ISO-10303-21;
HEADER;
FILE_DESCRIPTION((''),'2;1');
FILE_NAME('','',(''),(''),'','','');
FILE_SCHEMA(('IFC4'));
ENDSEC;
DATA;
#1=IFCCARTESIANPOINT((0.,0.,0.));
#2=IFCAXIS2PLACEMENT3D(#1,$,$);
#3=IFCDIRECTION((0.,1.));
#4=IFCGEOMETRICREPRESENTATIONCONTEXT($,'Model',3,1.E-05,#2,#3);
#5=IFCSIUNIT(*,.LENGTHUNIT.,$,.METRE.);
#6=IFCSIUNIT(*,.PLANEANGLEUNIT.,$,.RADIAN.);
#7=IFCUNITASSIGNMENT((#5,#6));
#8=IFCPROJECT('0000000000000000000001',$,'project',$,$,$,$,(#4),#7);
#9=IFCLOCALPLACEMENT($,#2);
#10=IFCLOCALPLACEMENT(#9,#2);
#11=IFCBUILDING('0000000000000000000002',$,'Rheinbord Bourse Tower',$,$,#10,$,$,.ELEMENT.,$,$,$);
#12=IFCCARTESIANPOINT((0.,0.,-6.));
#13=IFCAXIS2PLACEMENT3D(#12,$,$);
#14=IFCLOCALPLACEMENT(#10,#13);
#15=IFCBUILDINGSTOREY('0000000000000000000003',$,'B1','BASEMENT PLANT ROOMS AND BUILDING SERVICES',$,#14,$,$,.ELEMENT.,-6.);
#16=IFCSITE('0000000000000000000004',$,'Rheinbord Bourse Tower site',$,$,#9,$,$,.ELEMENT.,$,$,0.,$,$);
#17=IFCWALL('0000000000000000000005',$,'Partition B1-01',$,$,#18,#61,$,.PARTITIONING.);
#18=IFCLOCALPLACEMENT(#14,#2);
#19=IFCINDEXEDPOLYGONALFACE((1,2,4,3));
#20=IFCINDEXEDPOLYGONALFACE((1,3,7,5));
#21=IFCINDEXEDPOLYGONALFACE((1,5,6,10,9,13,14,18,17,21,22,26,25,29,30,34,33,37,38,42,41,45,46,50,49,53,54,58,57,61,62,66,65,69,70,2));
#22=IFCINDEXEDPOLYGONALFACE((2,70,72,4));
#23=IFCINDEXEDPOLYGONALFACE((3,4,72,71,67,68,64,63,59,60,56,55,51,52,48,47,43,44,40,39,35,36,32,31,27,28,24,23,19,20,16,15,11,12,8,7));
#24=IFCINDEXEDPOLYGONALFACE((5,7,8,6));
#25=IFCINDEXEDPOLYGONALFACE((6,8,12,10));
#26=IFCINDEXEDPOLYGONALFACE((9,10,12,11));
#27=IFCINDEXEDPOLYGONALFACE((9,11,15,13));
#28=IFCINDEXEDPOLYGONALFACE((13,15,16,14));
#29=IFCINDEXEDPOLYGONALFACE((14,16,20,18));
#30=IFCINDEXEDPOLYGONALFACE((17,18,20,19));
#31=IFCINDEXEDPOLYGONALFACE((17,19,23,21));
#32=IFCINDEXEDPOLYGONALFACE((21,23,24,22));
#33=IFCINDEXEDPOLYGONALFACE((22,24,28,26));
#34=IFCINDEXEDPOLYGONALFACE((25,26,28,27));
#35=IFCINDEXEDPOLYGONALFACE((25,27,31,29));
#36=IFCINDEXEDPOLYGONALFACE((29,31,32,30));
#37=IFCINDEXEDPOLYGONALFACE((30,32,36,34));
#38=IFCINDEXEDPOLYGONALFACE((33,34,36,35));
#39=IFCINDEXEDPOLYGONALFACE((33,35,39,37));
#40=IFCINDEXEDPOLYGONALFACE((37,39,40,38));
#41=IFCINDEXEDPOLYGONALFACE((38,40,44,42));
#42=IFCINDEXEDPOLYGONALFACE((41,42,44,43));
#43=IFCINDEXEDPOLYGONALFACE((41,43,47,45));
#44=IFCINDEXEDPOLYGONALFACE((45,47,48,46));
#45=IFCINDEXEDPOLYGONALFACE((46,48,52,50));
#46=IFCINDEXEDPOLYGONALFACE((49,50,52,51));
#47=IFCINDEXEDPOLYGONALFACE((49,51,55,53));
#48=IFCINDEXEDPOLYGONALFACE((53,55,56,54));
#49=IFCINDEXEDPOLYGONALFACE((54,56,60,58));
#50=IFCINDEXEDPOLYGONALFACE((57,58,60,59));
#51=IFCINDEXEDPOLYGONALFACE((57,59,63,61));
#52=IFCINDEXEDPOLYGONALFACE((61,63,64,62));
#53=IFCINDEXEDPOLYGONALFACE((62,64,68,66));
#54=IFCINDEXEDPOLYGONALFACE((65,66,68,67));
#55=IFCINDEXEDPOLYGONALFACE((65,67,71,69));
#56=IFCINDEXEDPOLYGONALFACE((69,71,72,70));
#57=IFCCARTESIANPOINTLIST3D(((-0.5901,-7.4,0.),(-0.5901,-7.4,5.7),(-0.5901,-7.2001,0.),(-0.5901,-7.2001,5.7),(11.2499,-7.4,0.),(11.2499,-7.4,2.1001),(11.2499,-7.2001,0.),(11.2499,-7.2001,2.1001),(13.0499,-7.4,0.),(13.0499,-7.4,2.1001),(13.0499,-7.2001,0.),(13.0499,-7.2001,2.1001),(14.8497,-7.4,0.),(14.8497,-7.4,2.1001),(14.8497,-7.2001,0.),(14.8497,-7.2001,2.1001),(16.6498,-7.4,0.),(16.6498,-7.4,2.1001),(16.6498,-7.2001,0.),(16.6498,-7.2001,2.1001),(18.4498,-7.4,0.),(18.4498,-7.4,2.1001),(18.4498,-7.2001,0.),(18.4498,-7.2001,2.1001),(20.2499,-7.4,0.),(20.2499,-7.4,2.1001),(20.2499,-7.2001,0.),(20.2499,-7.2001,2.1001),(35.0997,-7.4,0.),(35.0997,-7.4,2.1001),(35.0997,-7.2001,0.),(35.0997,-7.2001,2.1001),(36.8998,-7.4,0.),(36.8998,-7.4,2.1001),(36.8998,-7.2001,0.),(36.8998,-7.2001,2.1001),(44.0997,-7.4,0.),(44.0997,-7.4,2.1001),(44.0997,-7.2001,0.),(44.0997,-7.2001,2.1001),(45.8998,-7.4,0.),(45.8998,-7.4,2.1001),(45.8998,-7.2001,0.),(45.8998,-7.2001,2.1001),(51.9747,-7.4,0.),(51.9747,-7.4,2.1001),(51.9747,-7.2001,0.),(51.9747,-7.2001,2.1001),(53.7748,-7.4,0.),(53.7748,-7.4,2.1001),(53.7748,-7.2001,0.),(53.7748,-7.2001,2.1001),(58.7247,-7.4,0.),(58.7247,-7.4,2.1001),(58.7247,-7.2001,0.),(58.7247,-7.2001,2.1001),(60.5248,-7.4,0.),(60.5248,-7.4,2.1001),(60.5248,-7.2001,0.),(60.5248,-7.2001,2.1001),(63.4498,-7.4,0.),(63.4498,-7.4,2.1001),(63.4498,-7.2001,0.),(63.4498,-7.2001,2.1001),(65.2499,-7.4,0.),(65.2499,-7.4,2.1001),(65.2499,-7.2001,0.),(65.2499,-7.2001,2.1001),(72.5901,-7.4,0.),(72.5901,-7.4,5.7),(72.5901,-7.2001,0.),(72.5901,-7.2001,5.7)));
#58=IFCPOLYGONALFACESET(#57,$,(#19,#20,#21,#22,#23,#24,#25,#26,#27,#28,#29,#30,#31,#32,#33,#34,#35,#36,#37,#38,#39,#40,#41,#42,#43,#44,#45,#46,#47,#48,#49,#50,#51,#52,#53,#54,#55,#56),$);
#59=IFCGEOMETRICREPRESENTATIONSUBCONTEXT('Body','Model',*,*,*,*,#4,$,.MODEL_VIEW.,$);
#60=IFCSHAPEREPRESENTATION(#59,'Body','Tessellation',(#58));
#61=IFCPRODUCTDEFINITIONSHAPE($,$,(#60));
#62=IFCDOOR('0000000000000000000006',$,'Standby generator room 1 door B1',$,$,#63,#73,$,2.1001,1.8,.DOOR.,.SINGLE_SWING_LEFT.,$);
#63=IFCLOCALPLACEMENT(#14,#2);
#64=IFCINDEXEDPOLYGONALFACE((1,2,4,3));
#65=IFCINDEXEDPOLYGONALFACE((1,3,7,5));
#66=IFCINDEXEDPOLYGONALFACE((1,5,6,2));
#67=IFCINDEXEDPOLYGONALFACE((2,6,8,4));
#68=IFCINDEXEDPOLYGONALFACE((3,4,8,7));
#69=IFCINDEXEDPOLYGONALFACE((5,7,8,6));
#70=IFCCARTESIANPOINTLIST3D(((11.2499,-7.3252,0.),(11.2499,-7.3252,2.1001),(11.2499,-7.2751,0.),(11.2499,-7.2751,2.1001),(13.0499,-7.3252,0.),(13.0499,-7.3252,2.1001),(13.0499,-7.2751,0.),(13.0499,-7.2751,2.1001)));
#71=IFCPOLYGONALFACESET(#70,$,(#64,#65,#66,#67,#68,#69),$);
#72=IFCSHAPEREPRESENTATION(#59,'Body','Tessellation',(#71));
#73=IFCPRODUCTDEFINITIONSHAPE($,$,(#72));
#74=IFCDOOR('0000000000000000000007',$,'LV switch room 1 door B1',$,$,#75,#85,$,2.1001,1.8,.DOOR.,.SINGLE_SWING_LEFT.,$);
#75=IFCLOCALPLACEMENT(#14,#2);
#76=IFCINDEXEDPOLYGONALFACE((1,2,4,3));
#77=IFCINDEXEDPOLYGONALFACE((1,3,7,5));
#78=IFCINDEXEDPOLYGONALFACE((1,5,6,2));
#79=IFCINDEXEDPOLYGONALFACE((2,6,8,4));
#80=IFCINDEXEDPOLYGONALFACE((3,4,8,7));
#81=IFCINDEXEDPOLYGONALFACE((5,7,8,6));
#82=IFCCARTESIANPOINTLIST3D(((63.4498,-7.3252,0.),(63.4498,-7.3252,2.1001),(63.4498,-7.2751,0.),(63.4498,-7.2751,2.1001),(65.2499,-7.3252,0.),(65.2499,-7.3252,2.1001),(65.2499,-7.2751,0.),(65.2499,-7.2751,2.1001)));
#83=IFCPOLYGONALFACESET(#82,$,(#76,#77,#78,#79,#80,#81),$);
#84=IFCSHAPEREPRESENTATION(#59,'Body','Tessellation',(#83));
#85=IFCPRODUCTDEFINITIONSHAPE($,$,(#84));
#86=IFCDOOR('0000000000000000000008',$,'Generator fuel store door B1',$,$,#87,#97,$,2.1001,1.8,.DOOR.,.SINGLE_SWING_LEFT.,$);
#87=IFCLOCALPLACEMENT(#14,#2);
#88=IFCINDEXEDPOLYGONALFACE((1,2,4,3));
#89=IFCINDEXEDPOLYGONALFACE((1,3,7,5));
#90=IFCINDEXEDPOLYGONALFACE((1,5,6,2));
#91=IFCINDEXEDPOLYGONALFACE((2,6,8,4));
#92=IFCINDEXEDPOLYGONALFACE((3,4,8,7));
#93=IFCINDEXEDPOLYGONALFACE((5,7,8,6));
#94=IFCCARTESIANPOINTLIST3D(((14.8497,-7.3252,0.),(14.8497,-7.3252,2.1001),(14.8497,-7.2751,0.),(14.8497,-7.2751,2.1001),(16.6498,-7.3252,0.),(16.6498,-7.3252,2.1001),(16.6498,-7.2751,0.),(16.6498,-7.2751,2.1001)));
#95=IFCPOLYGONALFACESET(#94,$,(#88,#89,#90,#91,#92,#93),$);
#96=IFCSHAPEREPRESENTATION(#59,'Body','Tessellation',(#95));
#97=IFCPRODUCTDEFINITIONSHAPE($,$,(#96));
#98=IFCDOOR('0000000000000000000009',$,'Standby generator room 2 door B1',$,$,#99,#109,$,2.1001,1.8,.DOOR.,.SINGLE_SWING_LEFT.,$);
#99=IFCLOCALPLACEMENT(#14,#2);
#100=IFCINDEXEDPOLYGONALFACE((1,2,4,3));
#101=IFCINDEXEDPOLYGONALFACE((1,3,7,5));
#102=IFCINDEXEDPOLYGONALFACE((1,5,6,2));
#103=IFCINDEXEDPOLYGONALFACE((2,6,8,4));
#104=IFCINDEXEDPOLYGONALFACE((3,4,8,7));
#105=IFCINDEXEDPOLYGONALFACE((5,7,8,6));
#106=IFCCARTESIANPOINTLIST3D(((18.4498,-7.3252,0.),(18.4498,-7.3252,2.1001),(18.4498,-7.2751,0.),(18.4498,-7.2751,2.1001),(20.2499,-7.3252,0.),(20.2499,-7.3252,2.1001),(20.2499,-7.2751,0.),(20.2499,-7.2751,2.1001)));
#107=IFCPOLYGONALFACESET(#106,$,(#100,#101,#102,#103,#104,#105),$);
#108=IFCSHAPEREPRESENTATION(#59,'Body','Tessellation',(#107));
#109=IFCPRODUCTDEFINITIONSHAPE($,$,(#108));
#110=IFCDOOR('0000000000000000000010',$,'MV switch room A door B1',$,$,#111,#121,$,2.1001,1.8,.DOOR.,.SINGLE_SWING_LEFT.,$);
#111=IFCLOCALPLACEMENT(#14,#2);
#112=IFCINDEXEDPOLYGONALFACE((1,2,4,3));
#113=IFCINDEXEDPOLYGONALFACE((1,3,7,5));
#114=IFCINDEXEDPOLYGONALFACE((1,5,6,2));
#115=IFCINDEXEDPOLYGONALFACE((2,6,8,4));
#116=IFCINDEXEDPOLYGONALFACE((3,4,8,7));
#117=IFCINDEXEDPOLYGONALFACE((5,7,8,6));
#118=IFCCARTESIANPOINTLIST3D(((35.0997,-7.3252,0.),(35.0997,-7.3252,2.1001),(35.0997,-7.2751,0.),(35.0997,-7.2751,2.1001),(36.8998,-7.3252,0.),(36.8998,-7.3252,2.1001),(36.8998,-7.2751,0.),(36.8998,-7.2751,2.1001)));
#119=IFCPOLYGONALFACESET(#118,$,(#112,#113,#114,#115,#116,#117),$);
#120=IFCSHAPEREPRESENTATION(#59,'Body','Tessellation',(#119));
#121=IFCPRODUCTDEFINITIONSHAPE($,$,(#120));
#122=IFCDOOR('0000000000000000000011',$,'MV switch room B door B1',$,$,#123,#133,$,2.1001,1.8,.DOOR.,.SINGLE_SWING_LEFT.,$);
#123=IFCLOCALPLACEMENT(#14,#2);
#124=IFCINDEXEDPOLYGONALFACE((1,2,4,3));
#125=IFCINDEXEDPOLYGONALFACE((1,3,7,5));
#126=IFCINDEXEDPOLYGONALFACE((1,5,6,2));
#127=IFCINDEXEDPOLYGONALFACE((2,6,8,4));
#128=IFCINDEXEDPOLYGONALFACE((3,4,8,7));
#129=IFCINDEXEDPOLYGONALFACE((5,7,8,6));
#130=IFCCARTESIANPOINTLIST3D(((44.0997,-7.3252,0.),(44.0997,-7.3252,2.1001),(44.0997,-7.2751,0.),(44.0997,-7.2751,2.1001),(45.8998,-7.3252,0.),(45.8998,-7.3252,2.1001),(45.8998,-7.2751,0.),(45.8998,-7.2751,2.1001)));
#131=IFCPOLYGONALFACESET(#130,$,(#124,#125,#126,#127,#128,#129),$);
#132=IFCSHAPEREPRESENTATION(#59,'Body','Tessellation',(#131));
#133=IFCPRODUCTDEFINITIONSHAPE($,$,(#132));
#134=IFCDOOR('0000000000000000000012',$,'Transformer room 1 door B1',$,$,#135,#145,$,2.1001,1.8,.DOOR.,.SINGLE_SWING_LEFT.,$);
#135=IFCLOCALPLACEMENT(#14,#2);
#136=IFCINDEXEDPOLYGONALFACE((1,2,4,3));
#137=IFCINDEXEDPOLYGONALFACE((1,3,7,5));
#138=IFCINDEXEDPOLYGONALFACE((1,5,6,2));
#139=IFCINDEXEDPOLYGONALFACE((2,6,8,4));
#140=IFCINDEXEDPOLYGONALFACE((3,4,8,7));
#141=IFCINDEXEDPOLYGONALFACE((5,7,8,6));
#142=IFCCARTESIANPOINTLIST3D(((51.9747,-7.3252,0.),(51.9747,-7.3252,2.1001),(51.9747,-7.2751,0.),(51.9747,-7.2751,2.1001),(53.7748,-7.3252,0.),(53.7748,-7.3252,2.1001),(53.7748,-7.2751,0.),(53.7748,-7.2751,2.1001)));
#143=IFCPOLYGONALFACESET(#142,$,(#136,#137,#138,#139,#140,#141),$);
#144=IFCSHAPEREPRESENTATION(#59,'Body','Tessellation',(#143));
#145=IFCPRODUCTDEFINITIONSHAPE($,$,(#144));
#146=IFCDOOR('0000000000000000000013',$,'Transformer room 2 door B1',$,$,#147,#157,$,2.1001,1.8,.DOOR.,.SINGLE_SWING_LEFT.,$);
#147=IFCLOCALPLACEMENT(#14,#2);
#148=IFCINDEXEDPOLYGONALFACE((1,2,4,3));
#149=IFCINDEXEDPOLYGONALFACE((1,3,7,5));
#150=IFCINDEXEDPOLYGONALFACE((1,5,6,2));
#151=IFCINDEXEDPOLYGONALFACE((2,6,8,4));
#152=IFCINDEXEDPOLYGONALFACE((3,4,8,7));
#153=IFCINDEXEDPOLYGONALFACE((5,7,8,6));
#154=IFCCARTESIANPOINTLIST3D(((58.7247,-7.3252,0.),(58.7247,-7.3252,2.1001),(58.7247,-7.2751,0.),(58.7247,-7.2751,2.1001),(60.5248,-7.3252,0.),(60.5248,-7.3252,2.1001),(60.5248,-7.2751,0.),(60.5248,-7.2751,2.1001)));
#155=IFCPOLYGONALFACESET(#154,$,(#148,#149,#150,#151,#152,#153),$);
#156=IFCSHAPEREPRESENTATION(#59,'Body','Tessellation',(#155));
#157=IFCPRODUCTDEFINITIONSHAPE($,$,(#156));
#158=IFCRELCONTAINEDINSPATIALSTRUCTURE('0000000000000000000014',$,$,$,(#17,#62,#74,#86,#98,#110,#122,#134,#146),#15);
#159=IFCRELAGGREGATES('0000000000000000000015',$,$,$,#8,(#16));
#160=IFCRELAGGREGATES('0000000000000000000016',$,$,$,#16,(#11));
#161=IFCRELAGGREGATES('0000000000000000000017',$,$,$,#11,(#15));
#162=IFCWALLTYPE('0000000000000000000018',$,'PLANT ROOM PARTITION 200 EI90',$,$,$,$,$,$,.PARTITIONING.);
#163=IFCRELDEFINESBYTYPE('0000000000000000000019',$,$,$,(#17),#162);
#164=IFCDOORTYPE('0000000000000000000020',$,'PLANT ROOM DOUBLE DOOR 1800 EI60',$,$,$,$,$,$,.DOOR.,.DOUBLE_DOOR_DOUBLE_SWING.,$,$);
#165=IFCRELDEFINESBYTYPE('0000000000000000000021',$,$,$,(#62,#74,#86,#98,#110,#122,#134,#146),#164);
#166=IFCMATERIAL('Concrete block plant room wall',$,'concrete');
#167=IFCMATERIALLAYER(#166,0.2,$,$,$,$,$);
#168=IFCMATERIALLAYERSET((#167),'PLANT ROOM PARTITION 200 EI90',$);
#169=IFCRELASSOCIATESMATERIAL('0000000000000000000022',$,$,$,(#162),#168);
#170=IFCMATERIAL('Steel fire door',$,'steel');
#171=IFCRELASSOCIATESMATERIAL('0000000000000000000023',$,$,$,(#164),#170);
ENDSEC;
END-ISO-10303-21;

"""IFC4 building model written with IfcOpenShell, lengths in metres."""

from ifc_helpers import new_model, si_unit, direction, frame, frame_2d, origin, place, context, subcontext, project, spatial, rectangle, extrude, material, layer, layer_set, type_object, element, fill, save


model = new_model("IFC4")

# Units and contexts
model_context = context("Model", 3, precision=1e-05, world=origin(), true_north=direction((0.0, 1.0)))
body_context = subcontext(model_context, "Body", "Model", "MODEL_VIEW")
ifc_project = project(units=[si_unit("LENGTHUNIT", "METRE"), si_unit("PLANEANGLEUNIT", "RADIAN")], contexts=[model_context])

# Site, building, storey
site_placement = place(None, origin())
site = spatial("IfcSite", under=ifc_project, at=site_placement, Name="Rheinbord Bourse Tower site", CompositionType="ELEMENT", RefElevation=0.0)
building_placement = place(site_placement, origin())
building = spatial("IfcBuilding", under=site, at=building_placement, Name="Rheinbord Bourse Tower", CompositionType="ELEMENT")
storey_placement = place(building_placement, frame((0.0, 0.0, -6.0)))
storey = spatial("IfcBuildingStorey", under=building, at=storey_placement, Name="B1", Description="BASEMENT PLANT ROOMS AND BUILDING SERVICES", CompositionType="ELEMENT", Elevation=-6.0)

# Wall, openings, doors
ifc_material_1 = material(Name="Concrete block plant room wall", Category="concrete")
ifc_layer_1 = layer(ifc_material_1, 0.2)
ifc_layer_set_1 = layer_set([ifc_layer_1], Name="PLANT ROOM PARTITION 200 EI90")
wall_type = type_object("IfcWallType", Name="PLANT ROOM PARTITION 200 EI90", PredefinedType="PARTITIONING", material=ifc_layer_set_1)
wall_placement = place(storey_placement, frame((-0.5901, -7.3, 0.0), z_axis=(0.0, 0.0, 1.0), x_axis=(1.0, 0.0, 0.0)))
wall = element("IfcWall", 1, at=wall_placement, inside=storey, type_object=wall_type, Name="Partition B1-01", PredefinedType="PARTITIONING", context=body_context, shape_type="SweptSolid", body=[
    extrude(rectangle(XDim=73.1802, YDim=0.2, at=frame_2d((36.5901, 0.0))), origin(), (0.0, 0.0, 1.0), 5.7),
])
opening_1_placement = place(wall_placement, frame((11.8401, 0.0, 0.0)))
opening_1 = element("IfcOpeningElement", 2, at=opening_1_placement, cuts=wall, PredefinedType="OPENING", context=body_context, shape_type="SweptSolid", body=[
    extrude(rectangle(XDim=1.8, YDim=2.1001, at=frame_2d((0.8999, 1.05))), frame((0.0, 0.1099, 0.0), z_axis=(0.0, -1.0, 0.0), x_axis=(1.0, 0.0, 0.0)), (0.0, 0.0, 1.0), 0.22),
])
opening_2_placement = place(wall_placement, frame((64.04, 0.0, 0.0)))
opening_2 = element("IfcOpeningElement", 3, at=opening_2_placement, cuts=wall, PredefinedType="OPENING", context=body_context, shape_type="SweptSolid", body=[
    extrude(rectangle(XDim=1.8, YDim=2.1001, at=frame_2d((0.8999, 1.05))), frame((0.0, 0.1099, 0.0), z_axis=(0.0, -1.0, 0.0), x_axis=(1.0, 0.0, 0.0)), (0.0, 0.0, 1.0), 0.22),
])
opening_3_placement = place(wall_placement, frame((15.4399, 0.0, 0.0)))
opening_3 = element("IfcOpeningElement", 4, at=opening_3_placement, cuts=wall, PredefinedType="OPENING", context=body_context, shape_type="SweptSolid", body=[
    extrude(rectangle(XDim=1.8, YDim=2.1001, at=frame_2d((0.8999, 1.05))), frame((0.0, 0.1099, 0.0), z_axis=(0.0, -1.0, 0.0), x_axis=(1.0, 0.0, 0.0)), (0.0, 0.0, 1.0), 0.22),
])
opening_4_placement = place(wall_placement, frame((19.04, 0.0, 0.0)))
opening_4 = element("IfcOpeningElement", 5, at=opening_4_placement, cuts=wall, PredefinedType="OPENING", context=body_context, shape_type="SweptSolid", body=[
    extrude(rectangle(XDim=1.8, YDim=2.1001, at=frame_2d((0.8999, 1.05))), frame((0.0, 0.1099, 0.0), z_axis=(0.0, -1.0, 0.0), x_axis=(1.0, 0.0, 0.0)), (0.0, 0.0, 1.0), 0.22),
])
opening_5_placement = place(wall_placement, frame((35.6899, 0.0, 0.0)))
opening_5 = element("IfcOpeningElement", 6, at=opening_5_placement, cuts=wall, PredefinedType="OPENING", context=body_context, shape_type="SweptSolid", body=[
    extrude(rectangle(XDim=1.8, YDim=2.1001, at=frame_2d((0.8999, 1.05))), frame((0.0, 0.1099, 0.0), z_axis=(0.0, -1.0, 0.0), x_axis=(1.0, 0.0, 0.0)), (0.0, 0.0, 1.0), 0.22),
])
opening_6_placement = place(wall_placement, frame((44.6899, 0.0, 0.0)))
opening_6 = element("IfcOpeningElement", 7, at=opening_6_placement, cuts=wall, PredefinedType="OPENING", context=body_context, shape_type="SweptSolid", body=[
    extrude(rectangle(XDim=1.8, YDim=2.1001, at=frame_2d((0.8999, 1.05))), frame((0.0, 0.1099, 0.0), z_axis=(0.0, -1.0, 0.0), x_axis=(1.0, 0.0, 0.0)), (0.0, 0.0, 1.0), 0.22),
])
opening_7_placement = place(wall_placement, frame((52.5649, 0.0, 0.0)))
opening_7 = element("IfcOpeningElement", 8, at=opening_7_placement, cuts=wall, PredefinedType="OPENING", context=body_context, shape_type="SweptSolid", body=[
    extrude(rectangle(XDim=1.8, YDim=2.1001, at=frame_2d((0.8999, 1.05))), frame((0.0, 0.1099, 0.0), z_axis=(0.0, -1.0, 0.0), x_axis=(1.0, 0.0, 0.0)), (0.0, 0.0, 1.0), 0.22),
])
opening_8_placement = place(wall_placement, frame((59.3149, 0.0, 0.0)))
opening_8 = element("IfcOpeningElement", 9, at=opening_8_placement, cuts=wall, PredefinedType="OPENING", context=body_context, shape_type="SweptSolid", body=[
    extrude(rectangle(XDim=1.8, YDim=2.1001, at=frame_2d((0.8999, 1.05))), frame((0.0, 0.1099, 0.0), z_axis=(0.0, -1.0, 0.0), x_axis=(1.0, 0.0, 0.0)), (0.0, 0.0, 1.0), 0.22),
])
ifc_material_2 = material(Name="Steel fire door", Category="steel")
door_type = type_object("IfcDoorType", Name="PLANT ROOM DOUBLE DOOR 1800 EI60", OperationType="DOUBLE_DOOR_DOUBLE_SWING", PredefinedType="DOOR", material=ifc_material_2)
door_1_placement = place(opening_1_placement, origin())
door_1 = element("IfcDoor", 10, at=door_1_placement, inside=storey, type_object=door_type, Name="Standby generator room 1 door B1", OperationType="SINGLE_SWING_LEFT", OverallHeight=2.1001, OverallWidth=1.8, PredefinedType="DOOR", context=body_context, shape_type="SweptSolid", body=[
    extrude(rectangle(XDim=1.8, YDim=2.1001, at=frame_2d((0.8999, 1.05))), frame((0.0, 0.0249, 0.0), z_axis=(0.0, -1.0, 0.0), x_axis=(1.0, 0.0, 0.0)), (0.0, 0.0, 1.0), 0.05),
])
fill(opening_1, door_1)
door_2_placement = place(opening_2_placement, origin())
door_2 = element("IfcDoor", 11, at=door_2_placement, inside=storey, type_object=door_type, Name="LV switch room 1 door B1", OperationType="SINGLE_SWING_LEFT", OverallHeight=2.1001, OverallWidth=1.8, PredefinedType="DOOR", context=body_context, shape_type="SweptSolid", body=[
    extrude(rectangle(XDim=1.8, YDim=2.1001, at=frame_2d((0.8999, 1.05))), frame((0.0, 0.0249, 0.0), z_axis=(0.0, -1.0, 0.0), x_axis=(1.0, 0.0, 0.0)), (0.0, 0.0, 1.0), 0.05),
])
fill(opening_2, door_2)
door_3_placement = place(opening_3_placement, origin())
door_3 = element("IfcDoor", 12, at=door_3_placement, inside=storey, type_object=door_type, Name="Generator fuel store door B1", OperationType="SINGLE_SWING_LEFT", OverallHeight=2.1001, OverallWidth=1.8, PredefinedType="DOOR", context=body_context, shape_type="SweptSolid", body=[
    extrude(rectangle(XDim=1.8, YDim=2.1001, at=frame_2d((0.8999, 1.05))), frame((0.0, 0.0249, 0.0), z_axis=(0.0, -1.0, 0.0), x_axis=(1.0, 0.0, 0.0)), (0.0, 0.0, 1.0), 0.05),
])
fill(opening_3, door_3)
door_4_placement = place(opening_4_placement, origin())
door_4 = element("IfcDoor", 13, at=door_4_placement, inside=storey, type_object=door_type, Name="Standby generator room 2 door B1", OperationType="SINGLE_SWING_LEFT", OverallHeight=2.1001, OverallWidth=1.8, PredefinedType="DOOR", context=body_context, shape_type="SweptSolid", body=[
    extrude(rectangle(XDim=1.8, YDim=2.1001, at=frame_2d((0.8999, 1.05))), frame((0.0, 0.0249, 0.0), z_axis=(0.0, -1.0, 0.0), x_axis=(1.0, 0.0, 0.0)), (0.0, 0.0, 1.0), 0.05),
])
fill(opening_4, door_4)
door_5_placement = place(opening_5_placement, origin())
door_5 = element("IfcDoor", 14, at=door_5_placement, inside=storey, type_object=door_type, Name="MV switch room A door B1", OperationType="SINGLE_SWING_LEFT", OverallHeight=2.1001, OverallWidth=1.8, PredefinedType="DOOR", context=body_context, shape_type="SweptSolid", body=[
    extrude(rectangle(XDim=1.8, YDim=2.1001, at=frame_2d((0.8999, 1.05))), frame((0.0, 0.0249, 0.0), z_axis=(0.0, -1.0, 0.0), x_axis=(1.0, 0.0, 0.0)), (0.0, 0.0, 1.0), 0.05),
])
fill(opening_5, door_5)
door_6_placement = place(opening_6_placement, origin())
door_6 = element("IfcDoor", 15, at=door_6_placement, inside=storey, type_object=door_type, Name="MV switch room B door B1", OperationType="SINGLE_SWING_LEFT", OverallHeight=2.1001, OverallWidth=1.8, PredefinedType="DOOR", context=body_context, shape_type="SweptSolid", body=[
    extrude(rectangle(XDim=1.8, YDim=2.1001, at=frame_2d((0.8999, 1.05))), frame((0.0, 0.0249, 0.0), z_axis=(0.0, -1.0, 0.0), x_axis=(1.0, 0.0, 0.0)), (0.0, 0.0, 1.0), 0.05),
])
fill(opening_6, door_6)
door_7_placement = place(opening_7_placement, origin())
door_7 = element("IfcDoor", 16, at=door_7_placement, inside=storey, type_object=door_type, Name="Transformer room 1 door B1", OperationType="SINGLE_SWING_LEFT", OverallHeight=2.1001, OverallWidth=1.8, PredefinedType="DOOR", context=body_context, shape_type="SweptSolid", body=[
    extrude(rectangle(XDim=1.8, YDim=2.1001, at=frame_2d((0.8999, 1.05))), frame((0.0, 0.0249, 0.0), z_axis=(0.0, -1.0, 0.0), x_axis=(1.0, 0.0, 0.0)), (0.0, 0.0, 1.0), 0.05),
])
fill(opening_7, door_7)
door_8_placement = place(opening_8_placement, origin())
door_8 = element("IfcDoor", 17, at=door_8_placement, inside=storey, type_object=door_type, Name="Transformer room 2 door B1", OperationType="SINGLE_SWING_LEFT", OverallHeight=2.1001, OverallWidth=1.8, PredefinedType="DOOR", context=body_context, shape_type="SweptSolid", body=[
    extrude(rectangle(XDim=1.8, YDim=2.1001, at=frame_2d((0.8999, 1.05))), frame((0.0, 0.0249, 0.0), z_axis=(0.0, -1.0, 0.0), x_axis=(1.0, 0.0, 0.0)), (0.0, 0.0, 1.0), 0.05),
])
fill(opening_8, door_8)

save(model, "model.ifc")
